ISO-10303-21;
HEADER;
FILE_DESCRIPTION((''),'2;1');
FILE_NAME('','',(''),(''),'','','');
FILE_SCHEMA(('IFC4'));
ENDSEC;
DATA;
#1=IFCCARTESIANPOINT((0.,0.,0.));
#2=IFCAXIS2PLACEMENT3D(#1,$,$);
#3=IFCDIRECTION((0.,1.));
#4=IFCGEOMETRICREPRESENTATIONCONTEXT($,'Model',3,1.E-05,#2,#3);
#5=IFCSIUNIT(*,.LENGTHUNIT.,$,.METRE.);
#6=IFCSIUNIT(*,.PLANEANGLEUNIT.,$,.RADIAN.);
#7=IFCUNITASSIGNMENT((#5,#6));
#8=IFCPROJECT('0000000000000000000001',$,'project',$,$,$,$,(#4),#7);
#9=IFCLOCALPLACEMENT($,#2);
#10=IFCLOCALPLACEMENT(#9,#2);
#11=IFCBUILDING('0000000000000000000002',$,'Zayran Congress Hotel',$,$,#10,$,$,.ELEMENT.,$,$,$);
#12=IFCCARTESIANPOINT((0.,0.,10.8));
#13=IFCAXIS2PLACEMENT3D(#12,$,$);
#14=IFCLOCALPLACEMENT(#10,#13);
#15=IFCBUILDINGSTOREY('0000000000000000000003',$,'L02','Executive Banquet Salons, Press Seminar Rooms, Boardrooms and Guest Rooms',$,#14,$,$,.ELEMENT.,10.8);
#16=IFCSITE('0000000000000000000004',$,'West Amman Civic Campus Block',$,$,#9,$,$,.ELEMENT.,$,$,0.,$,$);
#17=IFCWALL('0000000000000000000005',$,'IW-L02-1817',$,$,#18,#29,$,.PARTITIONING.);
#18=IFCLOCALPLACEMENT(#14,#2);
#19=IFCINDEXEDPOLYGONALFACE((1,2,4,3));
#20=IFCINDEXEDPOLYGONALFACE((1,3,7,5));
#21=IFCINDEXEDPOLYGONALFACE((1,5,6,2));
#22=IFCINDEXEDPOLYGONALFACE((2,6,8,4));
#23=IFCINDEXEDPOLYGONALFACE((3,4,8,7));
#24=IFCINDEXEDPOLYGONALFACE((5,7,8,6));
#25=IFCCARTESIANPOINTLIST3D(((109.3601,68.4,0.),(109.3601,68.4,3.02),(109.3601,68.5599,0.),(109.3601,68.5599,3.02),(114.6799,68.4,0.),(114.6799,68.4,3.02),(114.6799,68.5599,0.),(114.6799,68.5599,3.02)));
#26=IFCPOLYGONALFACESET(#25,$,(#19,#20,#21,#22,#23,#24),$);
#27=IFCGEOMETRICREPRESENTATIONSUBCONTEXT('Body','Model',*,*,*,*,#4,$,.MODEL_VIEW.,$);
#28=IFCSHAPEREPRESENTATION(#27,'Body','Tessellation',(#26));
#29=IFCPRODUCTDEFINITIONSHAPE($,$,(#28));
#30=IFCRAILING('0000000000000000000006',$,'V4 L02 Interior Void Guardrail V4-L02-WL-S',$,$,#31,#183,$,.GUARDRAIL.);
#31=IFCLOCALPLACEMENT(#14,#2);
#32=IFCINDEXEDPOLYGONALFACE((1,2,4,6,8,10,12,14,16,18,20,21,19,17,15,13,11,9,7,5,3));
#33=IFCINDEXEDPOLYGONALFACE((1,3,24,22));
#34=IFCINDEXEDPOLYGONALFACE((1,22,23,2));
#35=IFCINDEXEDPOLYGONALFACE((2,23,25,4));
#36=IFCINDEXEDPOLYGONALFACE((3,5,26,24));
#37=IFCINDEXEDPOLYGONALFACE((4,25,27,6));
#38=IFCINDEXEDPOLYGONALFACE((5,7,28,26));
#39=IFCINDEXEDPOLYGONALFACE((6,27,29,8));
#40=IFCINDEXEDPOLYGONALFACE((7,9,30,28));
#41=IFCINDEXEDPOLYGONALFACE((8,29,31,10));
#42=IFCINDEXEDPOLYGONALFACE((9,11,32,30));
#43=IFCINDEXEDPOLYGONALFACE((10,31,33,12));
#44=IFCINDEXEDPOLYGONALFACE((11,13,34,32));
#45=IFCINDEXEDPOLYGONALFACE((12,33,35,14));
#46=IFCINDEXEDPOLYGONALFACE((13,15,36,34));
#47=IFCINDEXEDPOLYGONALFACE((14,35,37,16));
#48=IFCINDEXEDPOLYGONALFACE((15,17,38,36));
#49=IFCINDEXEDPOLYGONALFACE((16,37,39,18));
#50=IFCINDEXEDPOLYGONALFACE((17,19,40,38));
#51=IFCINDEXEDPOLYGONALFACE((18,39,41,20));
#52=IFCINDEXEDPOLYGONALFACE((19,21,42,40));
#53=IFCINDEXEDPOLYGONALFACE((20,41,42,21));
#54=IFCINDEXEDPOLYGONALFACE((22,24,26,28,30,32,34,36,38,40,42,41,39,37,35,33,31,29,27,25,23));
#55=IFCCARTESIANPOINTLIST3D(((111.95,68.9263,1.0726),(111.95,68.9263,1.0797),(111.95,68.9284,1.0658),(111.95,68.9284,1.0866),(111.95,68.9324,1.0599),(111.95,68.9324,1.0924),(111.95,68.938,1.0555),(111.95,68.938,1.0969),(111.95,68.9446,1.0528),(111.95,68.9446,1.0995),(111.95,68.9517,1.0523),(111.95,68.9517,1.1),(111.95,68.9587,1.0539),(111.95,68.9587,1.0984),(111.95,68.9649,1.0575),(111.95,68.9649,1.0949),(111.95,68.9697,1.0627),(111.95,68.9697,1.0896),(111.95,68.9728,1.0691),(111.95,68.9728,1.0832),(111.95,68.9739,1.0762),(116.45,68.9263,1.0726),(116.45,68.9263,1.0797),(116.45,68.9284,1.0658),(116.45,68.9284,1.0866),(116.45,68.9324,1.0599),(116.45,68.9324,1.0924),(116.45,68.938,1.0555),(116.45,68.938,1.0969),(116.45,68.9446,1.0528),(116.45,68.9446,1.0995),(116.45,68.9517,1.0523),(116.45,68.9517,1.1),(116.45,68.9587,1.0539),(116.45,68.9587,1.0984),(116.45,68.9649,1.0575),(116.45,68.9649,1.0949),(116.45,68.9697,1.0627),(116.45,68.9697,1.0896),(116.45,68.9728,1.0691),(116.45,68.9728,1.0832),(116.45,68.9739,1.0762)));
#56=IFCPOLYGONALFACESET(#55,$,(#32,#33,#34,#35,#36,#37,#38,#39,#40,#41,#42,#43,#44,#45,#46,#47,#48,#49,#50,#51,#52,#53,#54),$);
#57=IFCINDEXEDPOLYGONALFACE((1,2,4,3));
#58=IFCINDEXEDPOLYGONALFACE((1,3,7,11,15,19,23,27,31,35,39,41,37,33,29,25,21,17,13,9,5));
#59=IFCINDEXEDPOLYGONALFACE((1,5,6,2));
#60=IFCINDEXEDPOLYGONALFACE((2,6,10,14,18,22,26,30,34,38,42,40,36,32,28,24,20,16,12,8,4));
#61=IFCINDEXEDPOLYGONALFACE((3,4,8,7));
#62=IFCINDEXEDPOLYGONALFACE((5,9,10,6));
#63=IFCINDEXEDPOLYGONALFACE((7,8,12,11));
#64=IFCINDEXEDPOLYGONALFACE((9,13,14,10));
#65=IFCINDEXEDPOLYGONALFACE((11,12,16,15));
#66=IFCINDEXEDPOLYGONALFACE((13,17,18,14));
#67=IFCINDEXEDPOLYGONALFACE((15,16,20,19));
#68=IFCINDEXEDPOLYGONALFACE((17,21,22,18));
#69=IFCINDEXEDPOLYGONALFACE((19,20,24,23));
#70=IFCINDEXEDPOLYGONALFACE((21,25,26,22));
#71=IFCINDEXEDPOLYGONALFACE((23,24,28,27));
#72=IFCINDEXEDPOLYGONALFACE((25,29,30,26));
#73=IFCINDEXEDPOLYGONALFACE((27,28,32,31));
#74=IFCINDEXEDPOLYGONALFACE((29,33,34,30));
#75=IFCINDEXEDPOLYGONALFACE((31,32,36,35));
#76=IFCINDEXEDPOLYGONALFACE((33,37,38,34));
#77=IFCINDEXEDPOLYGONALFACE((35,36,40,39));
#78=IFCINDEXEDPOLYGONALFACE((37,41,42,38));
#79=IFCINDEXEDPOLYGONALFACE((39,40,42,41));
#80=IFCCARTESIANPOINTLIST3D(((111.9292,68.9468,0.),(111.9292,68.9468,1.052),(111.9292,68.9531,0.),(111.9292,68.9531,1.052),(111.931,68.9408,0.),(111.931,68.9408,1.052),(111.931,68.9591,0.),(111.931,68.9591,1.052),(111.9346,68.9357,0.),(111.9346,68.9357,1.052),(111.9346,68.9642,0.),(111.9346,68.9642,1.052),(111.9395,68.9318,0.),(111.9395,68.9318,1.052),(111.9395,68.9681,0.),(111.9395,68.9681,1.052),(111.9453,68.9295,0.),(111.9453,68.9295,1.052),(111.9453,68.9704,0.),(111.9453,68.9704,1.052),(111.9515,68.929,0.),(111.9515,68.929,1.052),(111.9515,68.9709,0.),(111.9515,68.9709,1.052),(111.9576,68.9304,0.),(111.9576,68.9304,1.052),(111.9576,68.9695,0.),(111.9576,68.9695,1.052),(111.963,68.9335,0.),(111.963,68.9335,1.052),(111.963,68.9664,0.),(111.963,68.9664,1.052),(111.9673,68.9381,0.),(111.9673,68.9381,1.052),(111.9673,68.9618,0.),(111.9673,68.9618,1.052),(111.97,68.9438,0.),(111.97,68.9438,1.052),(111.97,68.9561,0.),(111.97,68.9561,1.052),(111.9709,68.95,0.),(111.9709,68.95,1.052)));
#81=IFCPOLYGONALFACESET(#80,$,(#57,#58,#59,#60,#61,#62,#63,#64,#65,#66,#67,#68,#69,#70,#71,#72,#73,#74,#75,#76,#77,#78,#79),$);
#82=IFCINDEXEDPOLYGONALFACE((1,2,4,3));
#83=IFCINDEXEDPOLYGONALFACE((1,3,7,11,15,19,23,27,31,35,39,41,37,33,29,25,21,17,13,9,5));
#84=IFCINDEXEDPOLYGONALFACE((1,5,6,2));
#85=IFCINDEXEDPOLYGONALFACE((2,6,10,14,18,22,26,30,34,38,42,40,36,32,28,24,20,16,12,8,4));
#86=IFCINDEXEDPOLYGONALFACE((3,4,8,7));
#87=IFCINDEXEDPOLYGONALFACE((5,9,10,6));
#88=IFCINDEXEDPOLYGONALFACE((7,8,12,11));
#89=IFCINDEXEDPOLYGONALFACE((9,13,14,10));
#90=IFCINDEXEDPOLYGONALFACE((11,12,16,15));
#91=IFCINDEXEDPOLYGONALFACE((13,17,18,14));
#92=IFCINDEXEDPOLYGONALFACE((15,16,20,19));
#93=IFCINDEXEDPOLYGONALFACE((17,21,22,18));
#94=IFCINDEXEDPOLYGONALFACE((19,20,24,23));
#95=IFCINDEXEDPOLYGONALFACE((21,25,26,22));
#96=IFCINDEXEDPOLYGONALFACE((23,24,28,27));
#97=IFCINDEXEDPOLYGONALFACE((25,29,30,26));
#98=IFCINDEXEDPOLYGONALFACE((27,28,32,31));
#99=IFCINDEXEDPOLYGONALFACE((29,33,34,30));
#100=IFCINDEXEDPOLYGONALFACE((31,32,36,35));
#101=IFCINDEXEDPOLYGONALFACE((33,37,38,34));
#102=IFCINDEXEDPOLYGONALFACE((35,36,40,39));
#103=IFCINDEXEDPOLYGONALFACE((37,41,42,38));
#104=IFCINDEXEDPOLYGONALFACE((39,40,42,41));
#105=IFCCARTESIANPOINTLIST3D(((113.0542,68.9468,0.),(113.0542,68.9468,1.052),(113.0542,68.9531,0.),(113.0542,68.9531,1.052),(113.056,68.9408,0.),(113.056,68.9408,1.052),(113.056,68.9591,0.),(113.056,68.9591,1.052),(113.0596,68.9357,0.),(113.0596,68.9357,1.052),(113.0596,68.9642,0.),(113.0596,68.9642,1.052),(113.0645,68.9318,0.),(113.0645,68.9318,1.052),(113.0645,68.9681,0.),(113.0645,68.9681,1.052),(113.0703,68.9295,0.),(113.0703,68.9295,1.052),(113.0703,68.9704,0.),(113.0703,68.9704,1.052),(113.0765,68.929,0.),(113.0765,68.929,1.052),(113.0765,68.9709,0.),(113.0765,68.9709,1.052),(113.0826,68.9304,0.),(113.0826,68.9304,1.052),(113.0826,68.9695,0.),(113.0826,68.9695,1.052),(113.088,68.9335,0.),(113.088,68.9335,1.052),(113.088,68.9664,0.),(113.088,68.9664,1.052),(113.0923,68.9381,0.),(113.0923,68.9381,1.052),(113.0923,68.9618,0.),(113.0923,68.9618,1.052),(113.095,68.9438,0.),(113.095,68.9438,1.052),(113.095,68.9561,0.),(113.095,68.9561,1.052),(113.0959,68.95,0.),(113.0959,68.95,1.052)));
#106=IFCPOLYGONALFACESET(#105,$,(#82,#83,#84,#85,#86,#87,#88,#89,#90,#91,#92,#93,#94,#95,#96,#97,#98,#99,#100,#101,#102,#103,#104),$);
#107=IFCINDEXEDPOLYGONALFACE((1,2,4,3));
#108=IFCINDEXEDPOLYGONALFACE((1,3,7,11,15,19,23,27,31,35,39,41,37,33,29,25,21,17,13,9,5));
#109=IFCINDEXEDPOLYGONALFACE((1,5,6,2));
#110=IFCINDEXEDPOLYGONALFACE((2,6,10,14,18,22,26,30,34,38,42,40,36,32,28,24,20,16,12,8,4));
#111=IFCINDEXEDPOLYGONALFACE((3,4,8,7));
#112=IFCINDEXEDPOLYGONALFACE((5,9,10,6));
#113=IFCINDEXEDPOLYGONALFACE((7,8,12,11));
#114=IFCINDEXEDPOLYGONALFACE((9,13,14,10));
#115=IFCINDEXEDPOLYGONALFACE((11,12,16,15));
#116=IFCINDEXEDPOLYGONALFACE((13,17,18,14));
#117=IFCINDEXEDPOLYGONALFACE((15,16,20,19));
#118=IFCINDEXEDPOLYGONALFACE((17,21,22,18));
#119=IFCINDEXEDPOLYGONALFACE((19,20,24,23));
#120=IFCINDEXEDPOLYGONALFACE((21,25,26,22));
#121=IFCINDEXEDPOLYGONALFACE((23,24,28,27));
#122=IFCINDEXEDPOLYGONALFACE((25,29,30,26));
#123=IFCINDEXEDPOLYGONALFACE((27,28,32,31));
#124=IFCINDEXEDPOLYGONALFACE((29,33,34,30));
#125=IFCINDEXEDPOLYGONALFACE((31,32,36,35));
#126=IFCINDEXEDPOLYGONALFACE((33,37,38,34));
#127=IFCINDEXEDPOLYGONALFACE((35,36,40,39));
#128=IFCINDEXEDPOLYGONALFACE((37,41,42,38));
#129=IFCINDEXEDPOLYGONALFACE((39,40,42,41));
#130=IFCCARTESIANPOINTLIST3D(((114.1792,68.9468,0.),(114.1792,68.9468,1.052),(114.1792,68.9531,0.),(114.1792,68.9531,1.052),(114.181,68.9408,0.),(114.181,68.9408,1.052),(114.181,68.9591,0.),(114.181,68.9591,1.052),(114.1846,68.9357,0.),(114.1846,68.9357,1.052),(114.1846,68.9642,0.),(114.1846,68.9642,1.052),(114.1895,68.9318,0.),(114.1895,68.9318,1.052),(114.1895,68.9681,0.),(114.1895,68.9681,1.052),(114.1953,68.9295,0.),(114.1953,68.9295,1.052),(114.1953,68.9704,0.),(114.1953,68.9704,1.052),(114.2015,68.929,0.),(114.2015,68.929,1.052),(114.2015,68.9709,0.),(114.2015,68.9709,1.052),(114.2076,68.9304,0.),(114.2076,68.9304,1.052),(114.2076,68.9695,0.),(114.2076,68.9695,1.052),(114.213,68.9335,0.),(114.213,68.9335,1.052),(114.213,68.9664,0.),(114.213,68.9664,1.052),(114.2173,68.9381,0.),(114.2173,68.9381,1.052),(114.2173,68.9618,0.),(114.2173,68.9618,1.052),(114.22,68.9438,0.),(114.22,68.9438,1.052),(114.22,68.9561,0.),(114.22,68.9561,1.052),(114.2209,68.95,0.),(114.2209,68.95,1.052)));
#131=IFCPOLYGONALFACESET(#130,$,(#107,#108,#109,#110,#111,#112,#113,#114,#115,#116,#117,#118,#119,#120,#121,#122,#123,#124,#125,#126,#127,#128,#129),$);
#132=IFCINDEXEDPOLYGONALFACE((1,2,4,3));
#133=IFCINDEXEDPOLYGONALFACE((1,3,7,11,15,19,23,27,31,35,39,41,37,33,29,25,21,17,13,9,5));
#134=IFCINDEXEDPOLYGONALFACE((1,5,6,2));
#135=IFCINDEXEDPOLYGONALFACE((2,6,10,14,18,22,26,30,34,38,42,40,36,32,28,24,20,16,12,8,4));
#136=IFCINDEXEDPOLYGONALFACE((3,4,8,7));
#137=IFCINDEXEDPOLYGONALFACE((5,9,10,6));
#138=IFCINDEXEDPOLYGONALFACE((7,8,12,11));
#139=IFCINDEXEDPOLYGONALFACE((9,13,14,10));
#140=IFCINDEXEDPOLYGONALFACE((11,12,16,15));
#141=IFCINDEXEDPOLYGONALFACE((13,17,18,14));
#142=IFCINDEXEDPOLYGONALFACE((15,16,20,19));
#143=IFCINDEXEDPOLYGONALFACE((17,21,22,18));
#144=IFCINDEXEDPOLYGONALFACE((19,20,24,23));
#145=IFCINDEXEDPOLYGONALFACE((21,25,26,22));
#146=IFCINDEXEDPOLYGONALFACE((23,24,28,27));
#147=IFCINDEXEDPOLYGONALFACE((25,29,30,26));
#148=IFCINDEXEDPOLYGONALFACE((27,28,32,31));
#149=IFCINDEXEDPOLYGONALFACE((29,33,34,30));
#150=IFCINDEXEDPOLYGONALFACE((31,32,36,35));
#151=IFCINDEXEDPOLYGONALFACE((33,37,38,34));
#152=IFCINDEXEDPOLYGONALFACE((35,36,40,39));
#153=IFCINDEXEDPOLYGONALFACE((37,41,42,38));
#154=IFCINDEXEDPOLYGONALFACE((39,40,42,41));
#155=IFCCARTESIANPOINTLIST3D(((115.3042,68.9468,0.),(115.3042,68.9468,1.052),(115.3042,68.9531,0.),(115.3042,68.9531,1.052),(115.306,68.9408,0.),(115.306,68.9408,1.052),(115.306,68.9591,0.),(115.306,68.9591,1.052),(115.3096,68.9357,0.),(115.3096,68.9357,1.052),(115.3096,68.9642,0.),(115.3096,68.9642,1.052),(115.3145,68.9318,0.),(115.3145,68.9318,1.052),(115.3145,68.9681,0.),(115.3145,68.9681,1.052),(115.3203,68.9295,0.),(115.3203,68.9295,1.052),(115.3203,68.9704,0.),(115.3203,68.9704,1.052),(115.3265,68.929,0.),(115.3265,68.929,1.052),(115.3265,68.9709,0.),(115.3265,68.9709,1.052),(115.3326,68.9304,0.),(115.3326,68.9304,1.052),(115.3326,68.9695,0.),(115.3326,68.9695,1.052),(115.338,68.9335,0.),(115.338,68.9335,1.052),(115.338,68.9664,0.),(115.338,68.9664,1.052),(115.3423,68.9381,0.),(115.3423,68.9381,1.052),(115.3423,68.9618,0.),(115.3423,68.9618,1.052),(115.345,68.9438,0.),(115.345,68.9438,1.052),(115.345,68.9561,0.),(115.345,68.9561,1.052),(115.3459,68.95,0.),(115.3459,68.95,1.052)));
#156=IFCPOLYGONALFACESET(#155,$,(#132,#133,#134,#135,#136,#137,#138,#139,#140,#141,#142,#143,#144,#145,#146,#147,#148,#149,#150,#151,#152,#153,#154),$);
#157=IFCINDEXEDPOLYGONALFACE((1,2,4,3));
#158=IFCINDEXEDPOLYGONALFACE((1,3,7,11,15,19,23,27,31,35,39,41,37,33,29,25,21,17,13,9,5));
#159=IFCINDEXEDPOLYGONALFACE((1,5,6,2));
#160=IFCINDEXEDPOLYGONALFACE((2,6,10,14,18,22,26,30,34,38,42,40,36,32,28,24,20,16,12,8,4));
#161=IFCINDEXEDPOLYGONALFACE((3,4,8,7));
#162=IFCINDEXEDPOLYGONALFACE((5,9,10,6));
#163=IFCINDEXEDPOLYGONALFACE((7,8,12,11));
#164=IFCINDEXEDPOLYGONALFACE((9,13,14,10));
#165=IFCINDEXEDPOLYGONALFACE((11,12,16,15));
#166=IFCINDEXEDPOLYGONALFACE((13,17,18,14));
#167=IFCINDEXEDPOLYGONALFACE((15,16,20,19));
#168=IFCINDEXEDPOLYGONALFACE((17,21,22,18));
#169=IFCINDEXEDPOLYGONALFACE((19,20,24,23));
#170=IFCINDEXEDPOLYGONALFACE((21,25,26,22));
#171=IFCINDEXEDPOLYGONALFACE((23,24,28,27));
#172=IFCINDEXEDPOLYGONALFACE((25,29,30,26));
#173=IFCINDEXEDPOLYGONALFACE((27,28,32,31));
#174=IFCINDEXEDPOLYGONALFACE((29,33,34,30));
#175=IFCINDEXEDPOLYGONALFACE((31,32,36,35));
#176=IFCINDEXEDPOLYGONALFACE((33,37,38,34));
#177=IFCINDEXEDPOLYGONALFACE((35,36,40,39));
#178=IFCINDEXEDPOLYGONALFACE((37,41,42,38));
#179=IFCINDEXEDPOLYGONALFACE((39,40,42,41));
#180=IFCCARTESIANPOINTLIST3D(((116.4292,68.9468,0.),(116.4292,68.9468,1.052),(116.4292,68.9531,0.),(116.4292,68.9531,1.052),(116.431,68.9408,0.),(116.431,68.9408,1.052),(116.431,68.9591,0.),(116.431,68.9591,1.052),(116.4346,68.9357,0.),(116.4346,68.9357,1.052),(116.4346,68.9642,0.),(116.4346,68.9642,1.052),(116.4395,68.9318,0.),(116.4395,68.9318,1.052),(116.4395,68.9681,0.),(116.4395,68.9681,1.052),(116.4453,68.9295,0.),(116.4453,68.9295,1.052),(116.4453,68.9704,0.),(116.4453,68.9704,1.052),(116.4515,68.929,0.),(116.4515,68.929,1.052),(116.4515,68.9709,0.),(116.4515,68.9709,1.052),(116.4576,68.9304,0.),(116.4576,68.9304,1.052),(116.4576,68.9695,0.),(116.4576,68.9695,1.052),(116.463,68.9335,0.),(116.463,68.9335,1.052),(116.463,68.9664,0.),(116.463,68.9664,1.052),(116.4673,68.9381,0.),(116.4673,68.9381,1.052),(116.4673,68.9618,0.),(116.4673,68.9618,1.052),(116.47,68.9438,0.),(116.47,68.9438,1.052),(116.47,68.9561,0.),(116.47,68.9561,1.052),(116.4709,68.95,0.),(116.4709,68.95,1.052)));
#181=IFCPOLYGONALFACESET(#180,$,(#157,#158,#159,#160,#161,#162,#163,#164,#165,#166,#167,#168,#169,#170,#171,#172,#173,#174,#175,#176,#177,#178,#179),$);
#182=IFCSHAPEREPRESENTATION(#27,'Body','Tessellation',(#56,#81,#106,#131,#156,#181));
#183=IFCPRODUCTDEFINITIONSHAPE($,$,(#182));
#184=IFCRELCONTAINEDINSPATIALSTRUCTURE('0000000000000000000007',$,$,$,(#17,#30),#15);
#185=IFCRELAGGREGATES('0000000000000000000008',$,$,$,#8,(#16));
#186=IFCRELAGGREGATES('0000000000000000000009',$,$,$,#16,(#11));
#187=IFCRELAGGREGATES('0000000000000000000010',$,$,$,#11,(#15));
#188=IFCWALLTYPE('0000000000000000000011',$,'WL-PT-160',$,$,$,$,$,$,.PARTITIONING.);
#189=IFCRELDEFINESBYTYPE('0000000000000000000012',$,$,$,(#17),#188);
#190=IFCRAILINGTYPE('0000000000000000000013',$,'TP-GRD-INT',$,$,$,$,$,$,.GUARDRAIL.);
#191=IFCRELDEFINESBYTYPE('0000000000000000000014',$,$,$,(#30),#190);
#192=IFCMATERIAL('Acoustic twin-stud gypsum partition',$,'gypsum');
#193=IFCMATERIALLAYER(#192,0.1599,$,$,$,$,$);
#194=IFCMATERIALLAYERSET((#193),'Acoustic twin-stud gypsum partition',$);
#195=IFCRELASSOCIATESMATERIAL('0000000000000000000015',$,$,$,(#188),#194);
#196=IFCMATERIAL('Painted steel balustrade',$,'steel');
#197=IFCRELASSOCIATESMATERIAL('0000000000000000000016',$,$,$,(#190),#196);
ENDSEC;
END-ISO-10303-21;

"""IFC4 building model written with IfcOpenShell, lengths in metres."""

from ifc_helpers import new_model, si_unit, direction, frame, frame_2d, origin, origin_2d, place, context, subcontext, project, spatial, rectangle, circle, extrude, material, layer, layer_set, type_object, element, save


model = new_model("IFC4")

# Units and contexts
model_context = context("Model", 3, precision=1e-05, world=origin(), true_north=direction((0.0, 1.0)))
body_context = subcontext(model_context, "Body", "Model", "MODEL_VIEW")
ifc_project = project(units=[si_unit("LENGTHUNIT", "METRE"), si_unit("PLANEANGLEUNIT", "RADIAN")], contexts=[model_context])

# Site, building, storey
site_placement = place(None, origin())
site = spatial("IfcSite", under=ifc_project, at=site_placement, Name="West Amman Civic Campus Block", CompositionType="ELEMENT", RefElevation=0.0)
building_placement = place(site_placement, origin())
building = spatial("IfcBuilding", under=site, at=building_placement, Name="Zayran Congress Hotel", CompositionType="ELEMENT")
storey_placement = place(building_placement, frame((0.0, 0.0, 10.8)))
storey = spatial("IfcBuildingStorey", under=building, at=storey_placement, Name="L02", Description="Executive Banquet Salons, Press Seminar Rooms, Boardrooms and Guest Rooms", CompositionType="ELEMENT", Elevation=10.8)

# Wall
ifc_material_1 = material(Name="Acoustic twin-stud gypsum partition", Category="gypsum")
ifc_layer_1 = layer(ifc_material_1, 0.1599)
ifc_layer_set_1 = layer_set([ifc_layer_1], Name="Acoustic twin-stud gypsum partition")
wall_type = type_object("IfcWallType", Name="WL-PT-160", PredefinedType="PARTITIONING", material=ifc_layer_set_1)
wall_placement = place(storey_placement, frame((109.3601, 68.48, 0.0), z_axis=(0.0, 0.0, 1.0), x_axis=(1.0, 0.0, 0.0)))
element("IfcWall", 1, at=wall_placement, inside=storey, type_object=wall_type, Name="IW-L02-1817", PredefinedType="PARTITIONING", context=body_context, shape_type="SweptSolid", body=[
    extrude(rectangle(XDim=5.3198, YDim=0.1599, at=frame_2d((2.6599, 0.0))), origin(), (0.0, 0.0, 1.0), 3.02),
])

# Railing
ifc_material_2 = material(Name="Painted steel balustrade", Category="steel")
railing_type = type_object("IfcRailingType", Name="TP-GRD-INT", PredefinedType="GUARDRAIL", material=ifc_material_2)
railing_placement = place(storey_placement, frame((111.95, 68.95, 0.0)))
element("IfcRailing", 2, at=railing_placement, inside=storey, type_object=railing_type, Name="V4 L02 Interior Void Guardrail V4-L02-WL-S", PredefinedType="GUARDRAIL", context=body_context, shape_type="SweptSolid", body=[
    extrude(circle(Radius=0.0239, at=origin_2d()), frame((0.0, 0.0, 1.0762), z_axis=(1.0, 0.0, 0.0), x_axis=(0.0, 1.0, 0.0)), (0.0, 0.0, 1.0), 4.5),
    extrude(circle(Radius=0.021, at=origin_2d()), origin(), (0.0, 0.0, 1.0), 1.052),
    extrude(circle(Radius=0.021, at=origin_2d()), frame((1.125, 0.0, 0.0)), (0.0, 0.0, 1.0), 1.052),
    extrude(circle(Radius=0.021, at=origin_2d()), frame((2.25, 0.0, 0.0)), (0.0, 0.0, 1.0), 1.052),
    extrude(circle(Radius=0.021, at=origin_2d()), frame((3.375, 0.0, 0.0)), (0.0, 0.0, 1.0), 1.052),
    extrude(circle(Radius=0.021, at=origin_2d()), frame((4.5, 0.0, 0.0)), (0.0, 0.0, 1.0), 1.052),
])

save(model, "model.ifc")
